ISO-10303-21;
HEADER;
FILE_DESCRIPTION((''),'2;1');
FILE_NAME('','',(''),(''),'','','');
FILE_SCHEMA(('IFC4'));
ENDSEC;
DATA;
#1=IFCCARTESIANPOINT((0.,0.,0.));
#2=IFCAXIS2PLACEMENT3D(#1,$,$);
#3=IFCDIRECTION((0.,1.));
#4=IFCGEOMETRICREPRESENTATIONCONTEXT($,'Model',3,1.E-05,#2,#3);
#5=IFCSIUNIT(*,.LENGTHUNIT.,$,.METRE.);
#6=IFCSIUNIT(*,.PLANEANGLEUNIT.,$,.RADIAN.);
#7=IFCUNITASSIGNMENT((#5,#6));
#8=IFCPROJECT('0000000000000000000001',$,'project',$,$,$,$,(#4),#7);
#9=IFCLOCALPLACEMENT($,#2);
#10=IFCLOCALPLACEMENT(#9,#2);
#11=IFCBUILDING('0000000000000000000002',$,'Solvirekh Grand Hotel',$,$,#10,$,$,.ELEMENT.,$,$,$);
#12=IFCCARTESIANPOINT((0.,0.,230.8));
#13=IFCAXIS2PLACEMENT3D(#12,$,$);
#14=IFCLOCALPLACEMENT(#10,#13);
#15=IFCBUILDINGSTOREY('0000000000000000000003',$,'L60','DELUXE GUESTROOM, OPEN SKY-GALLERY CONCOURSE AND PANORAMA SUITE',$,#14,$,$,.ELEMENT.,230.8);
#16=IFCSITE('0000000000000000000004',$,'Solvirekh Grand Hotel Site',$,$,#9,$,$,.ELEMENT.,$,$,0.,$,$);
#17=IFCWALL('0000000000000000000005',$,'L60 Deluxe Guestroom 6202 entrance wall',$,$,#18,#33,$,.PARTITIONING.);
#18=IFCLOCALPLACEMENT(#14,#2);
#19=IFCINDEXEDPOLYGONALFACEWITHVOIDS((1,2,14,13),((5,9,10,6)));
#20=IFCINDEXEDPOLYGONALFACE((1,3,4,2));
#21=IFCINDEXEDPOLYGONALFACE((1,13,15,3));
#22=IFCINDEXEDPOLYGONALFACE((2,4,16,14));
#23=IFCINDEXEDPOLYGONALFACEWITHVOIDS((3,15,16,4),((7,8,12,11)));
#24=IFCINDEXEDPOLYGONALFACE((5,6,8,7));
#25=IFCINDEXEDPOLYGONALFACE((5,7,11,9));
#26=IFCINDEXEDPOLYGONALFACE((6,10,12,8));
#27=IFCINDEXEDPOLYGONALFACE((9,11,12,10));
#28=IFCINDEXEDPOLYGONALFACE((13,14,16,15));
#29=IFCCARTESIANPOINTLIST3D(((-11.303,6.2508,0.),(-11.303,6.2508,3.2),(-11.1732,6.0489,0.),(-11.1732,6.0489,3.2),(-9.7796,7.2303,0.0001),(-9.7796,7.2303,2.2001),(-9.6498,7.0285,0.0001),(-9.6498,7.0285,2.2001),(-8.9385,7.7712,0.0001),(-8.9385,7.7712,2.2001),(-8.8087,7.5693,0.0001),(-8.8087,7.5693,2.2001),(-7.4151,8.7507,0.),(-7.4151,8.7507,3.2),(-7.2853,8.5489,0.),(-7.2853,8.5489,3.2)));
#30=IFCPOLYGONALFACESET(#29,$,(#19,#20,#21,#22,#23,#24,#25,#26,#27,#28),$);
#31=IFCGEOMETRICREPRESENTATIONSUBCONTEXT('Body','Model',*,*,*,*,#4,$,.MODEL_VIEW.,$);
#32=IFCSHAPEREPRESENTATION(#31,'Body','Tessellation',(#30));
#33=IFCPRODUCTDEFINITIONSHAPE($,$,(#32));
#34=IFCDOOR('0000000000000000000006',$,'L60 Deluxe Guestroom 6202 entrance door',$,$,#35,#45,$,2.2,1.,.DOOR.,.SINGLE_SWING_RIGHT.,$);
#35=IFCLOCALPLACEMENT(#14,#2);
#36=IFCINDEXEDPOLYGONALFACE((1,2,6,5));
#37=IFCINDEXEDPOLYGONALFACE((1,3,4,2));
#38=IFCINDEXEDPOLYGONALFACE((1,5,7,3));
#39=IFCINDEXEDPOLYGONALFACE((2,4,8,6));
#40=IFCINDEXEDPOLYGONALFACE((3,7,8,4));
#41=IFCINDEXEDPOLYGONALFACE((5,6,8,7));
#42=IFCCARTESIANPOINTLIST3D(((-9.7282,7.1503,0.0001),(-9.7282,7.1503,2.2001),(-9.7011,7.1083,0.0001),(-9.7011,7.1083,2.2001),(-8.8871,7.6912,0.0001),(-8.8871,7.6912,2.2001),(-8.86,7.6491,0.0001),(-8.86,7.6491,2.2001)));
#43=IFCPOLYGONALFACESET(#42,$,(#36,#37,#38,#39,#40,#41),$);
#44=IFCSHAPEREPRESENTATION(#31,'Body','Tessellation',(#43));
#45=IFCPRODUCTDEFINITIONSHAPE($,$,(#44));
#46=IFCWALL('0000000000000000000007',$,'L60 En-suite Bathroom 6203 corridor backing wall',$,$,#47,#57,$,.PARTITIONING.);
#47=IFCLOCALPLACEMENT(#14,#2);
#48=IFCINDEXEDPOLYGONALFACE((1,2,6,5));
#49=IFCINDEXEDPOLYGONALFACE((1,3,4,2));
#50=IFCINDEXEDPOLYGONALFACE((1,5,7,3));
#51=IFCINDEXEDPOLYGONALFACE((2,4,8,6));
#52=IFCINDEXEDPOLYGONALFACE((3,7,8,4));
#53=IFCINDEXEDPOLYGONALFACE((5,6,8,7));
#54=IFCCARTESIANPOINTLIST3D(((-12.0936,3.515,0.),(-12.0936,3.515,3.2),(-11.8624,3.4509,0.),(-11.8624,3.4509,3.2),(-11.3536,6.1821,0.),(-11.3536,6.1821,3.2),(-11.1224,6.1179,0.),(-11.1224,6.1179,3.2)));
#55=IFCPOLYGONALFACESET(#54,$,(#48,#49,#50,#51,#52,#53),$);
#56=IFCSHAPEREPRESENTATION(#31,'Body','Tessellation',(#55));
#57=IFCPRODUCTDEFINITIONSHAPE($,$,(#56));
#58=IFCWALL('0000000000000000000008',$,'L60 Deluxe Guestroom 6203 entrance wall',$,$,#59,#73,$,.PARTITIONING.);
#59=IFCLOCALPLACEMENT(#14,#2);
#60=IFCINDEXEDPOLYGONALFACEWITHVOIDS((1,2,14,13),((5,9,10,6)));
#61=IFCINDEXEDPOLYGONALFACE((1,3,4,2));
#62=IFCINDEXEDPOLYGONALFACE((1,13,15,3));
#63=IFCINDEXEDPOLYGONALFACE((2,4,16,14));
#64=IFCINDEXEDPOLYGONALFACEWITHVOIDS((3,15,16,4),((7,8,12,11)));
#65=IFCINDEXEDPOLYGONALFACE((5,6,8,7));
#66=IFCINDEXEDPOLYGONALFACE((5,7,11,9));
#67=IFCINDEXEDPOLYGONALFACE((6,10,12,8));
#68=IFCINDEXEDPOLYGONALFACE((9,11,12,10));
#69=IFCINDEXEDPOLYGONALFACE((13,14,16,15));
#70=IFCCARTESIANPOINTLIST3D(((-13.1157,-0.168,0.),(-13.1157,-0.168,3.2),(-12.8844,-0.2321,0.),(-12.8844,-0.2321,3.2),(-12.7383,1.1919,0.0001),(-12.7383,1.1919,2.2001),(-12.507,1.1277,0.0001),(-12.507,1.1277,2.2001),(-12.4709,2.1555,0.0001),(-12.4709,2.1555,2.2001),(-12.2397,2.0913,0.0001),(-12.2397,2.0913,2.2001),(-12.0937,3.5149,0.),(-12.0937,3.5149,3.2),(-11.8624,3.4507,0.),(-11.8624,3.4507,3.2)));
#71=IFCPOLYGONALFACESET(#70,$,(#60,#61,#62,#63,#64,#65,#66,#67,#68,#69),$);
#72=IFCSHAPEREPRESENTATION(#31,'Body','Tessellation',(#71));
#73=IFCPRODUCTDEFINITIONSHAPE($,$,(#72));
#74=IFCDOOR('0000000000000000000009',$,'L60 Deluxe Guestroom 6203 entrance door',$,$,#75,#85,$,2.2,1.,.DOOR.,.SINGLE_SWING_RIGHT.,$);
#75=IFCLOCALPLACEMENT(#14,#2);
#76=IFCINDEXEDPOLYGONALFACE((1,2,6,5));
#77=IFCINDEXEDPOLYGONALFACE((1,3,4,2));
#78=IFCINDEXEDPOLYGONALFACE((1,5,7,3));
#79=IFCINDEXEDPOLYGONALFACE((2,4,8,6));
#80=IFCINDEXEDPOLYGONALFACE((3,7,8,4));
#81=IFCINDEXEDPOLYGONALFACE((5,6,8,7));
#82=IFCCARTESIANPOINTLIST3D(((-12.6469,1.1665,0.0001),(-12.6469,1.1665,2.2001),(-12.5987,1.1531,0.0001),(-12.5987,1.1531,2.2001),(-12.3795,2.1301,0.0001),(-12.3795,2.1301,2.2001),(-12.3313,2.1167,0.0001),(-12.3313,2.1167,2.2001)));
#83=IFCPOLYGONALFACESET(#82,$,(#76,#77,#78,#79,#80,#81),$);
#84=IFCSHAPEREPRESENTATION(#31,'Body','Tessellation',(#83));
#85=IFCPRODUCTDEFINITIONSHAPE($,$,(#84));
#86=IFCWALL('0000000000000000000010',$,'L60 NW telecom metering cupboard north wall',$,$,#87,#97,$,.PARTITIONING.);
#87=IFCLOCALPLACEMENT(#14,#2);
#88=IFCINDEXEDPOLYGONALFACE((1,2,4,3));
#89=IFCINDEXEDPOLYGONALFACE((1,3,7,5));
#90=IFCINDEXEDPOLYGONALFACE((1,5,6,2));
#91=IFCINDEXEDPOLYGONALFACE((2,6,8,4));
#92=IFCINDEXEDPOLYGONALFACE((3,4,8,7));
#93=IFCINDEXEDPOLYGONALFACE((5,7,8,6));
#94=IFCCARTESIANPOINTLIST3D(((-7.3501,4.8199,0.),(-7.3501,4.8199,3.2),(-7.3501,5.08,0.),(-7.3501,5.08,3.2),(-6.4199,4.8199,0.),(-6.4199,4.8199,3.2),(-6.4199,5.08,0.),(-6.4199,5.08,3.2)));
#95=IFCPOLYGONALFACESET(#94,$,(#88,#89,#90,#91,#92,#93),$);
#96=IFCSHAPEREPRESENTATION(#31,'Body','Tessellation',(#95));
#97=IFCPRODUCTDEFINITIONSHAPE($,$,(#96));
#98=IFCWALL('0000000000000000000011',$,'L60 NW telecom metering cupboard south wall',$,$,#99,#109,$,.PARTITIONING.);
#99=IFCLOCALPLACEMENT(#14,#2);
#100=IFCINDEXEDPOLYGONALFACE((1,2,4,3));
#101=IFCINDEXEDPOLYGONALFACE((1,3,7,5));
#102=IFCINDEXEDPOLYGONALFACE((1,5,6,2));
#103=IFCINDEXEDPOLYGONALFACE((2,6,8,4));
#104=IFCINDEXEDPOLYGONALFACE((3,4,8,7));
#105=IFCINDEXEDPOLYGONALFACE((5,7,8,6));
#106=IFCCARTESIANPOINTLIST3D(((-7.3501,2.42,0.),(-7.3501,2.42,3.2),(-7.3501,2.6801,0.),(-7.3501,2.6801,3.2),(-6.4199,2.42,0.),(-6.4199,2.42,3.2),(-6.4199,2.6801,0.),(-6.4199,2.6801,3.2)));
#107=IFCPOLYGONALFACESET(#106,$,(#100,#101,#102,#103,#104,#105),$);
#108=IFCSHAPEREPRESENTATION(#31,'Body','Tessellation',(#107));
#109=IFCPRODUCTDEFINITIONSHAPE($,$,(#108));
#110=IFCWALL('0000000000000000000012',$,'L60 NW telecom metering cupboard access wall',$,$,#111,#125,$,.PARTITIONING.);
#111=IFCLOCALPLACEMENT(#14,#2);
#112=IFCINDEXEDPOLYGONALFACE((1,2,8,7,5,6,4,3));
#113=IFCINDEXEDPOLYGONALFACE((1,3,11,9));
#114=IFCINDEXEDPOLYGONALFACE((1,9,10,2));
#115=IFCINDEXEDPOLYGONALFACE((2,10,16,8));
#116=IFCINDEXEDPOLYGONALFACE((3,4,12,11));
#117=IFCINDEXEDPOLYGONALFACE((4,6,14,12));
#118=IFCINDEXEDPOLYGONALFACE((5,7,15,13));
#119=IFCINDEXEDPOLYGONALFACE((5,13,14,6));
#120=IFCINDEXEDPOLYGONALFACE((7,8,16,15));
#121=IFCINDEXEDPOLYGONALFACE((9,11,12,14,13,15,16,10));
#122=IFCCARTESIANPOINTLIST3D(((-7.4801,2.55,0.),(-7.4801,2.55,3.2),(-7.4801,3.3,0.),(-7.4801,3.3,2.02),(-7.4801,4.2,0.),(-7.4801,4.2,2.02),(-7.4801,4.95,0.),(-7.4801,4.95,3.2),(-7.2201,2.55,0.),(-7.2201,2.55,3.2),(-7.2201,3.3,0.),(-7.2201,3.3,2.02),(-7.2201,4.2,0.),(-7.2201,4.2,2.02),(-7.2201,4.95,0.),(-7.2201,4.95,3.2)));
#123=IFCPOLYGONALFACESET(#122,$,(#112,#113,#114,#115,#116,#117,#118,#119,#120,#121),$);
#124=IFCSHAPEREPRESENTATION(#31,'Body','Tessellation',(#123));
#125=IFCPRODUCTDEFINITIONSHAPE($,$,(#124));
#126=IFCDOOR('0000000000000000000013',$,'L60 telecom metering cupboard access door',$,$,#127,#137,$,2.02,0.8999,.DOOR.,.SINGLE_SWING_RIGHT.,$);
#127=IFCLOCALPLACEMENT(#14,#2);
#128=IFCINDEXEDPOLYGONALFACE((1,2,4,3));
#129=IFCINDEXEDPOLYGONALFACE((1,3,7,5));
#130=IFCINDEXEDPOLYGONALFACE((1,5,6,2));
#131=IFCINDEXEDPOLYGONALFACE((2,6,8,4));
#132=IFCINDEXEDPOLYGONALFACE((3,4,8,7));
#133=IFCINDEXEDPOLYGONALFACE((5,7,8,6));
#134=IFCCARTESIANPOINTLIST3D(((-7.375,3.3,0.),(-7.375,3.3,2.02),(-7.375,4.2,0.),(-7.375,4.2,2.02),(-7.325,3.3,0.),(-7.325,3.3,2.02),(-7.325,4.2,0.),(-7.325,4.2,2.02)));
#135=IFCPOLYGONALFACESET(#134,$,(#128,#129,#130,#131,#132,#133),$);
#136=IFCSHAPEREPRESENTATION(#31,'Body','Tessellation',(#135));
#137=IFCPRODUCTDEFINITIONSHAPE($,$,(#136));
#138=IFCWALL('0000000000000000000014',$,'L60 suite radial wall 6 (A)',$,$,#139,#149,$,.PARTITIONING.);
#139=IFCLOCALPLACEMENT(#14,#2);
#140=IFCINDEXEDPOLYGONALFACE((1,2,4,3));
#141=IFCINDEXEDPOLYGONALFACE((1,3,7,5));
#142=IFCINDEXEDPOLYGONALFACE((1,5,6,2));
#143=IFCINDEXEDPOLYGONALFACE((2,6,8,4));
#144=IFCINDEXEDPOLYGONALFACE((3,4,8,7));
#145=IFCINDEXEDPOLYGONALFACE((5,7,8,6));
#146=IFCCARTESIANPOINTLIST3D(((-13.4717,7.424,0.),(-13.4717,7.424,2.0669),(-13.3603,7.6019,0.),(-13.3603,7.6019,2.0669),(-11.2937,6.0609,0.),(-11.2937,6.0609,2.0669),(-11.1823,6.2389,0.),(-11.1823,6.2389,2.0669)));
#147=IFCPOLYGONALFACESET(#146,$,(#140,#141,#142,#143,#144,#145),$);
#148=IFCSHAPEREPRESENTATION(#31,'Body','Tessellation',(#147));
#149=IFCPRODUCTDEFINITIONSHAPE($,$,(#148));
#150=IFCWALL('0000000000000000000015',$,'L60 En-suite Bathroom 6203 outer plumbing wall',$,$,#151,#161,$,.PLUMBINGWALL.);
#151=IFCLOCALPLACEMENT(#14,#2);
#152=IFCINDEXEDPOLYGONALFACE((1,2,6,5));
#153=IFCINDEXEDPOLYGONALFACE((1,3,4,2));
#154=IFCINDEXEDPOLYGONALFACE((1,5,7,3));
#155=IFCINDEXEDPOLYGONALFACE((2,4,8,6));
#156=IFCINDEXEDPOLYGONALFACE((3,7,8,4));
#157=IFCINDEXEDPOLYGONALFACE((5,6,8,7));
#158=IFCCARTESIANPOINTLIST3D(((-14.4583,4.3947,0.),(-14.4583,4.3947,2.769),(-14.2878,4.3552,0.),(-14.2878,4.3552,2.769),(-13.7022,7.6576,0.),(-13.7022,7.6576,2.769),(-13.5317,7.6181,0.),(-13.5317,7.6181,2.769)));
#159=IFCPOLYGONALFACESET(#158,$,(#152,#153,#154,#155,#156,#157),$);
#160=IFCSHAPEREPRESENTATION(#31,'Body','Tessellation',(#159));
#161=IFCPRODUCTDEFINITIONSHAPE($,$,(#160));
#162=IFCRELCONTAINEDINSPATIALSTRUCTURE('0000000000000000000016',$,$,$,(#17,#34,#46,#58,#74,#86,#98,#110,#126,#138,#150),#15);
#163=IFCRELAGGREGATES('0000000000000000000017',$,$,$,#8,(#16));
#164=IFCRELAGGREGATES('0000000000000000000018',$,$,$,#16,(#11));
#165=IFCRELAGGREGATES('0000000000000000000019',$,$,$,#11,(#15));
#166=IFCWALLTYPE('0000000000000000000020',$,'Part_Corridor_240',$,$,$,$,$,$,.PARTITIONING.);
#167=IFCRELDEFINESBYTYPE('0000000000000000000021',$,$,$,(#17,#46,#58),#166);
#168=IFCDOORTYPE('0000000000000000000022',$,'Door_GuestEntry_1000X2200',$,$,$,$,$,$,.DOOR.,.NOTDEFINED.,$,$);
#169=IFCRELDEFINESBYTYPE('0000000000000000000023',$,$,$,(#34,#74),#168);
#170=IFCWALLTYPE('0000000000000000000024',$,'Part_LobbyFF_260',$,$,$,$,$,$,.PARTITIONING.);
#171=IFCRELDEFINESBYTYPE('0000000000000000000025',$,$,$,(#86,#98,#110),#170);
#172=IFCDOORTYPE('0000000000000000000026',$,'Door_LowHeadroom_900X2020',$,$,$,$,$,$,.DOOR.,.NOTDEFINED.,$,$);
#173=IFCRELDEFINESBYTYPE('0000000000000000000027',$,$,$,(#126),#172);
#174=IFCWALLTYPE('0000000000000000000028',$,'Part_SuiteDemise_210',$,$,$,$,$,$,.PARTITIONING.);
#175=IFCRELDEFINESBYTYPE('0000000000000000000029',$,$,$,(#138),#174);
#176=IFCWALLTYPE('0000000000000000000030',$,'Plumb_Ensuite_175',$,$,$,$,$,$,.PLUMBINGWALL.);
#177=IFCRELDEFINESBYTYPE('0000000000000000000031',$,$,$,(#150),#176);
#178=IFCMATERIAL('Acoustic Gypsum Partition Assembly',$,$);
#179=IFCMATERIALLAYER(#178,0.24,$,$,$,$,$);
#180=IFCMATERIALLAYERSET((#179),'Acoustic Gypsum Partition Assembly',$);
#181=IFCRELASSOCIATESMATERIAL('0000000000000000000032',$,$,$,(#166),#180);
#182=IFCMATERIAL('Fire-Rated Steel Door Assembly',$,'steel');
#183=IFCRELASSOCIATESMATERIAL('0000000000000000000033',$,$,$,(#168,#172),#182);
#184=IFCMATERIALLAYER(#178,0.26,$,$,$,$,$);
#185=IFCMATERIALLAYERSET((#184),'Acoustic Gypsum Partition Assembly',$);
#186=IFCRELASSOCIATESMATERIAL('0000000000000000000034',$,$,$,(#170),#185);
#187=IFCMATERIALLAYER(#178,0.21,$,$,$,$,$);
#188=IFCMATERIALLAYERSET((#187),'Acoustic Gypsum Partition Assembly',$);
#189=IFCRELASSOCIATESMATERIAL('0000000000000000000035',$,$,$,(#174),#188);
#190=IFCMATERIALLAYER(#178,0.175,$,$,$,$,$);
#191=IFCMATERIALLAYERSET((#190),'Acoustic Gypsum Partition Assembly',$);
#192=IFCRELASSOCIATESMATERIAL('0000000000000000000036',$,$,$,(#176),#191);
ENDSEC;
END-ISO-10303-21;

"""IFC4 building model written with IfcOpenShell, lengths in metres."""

from ifc_helpers import new_model, si_unit, direction, frame, frame_2d, origin, place, context, subcontext, project, spatial, rectangle, extrude, material, layer, layer_set, type_object, element, fill, save


model = new_model("IFC4")

# Units and contexts
model_context = context("Model", 3, precision=1e-05, world=origin(), true_north=direction((0.0, 1.0)))
body_context = subcontext(model_context, "Body", "Model", "MODEL_VIEW")
ifc_project = project(units=[si_unit("LENGTHUNIT", "METRE"), si_unit("PLANEANGLEUNIT", "RADIAN")], contexts=[model_context])

# Site, building, storey
site_placement = place(None, origin())
site = spatial("IfcSite", under=ifc_project, at=site_placement, Name="Solvirekh Grand Hotel Site", CompositionType="ELEMENT", RefElevation=0.0)
building_placement = place(site_placement, origin())
building = spatial("IfcBuilding", under=site, at=building_placement, Name="Solvirekh Grand Hotel", CompositionType="ELEMENT")
storey_placement = place(building_placement, frame((0.0, 0.0, 230.8)))
storey = spatial("IfcBuildingStorey", under=building, at=storey_placement, Name="L60", Description="DELUXE GUESTROOM, OPEN SKY-GALLERY CONCOURSE AND PANORAMA SUITE", CompositionType="ELEMENT", Elevation=230.8)

# Shared definitions
ifc_material_1 = material(Name="Acoustic Gypsum Partition Assembly")
ifc_layer_1 = layer(ifc_material_1, 0.24)
ifc_layer_set_1 = layer_set([ifc_layer_1], Name="Acoustic Gypsum Partition Assembly")
wall_type_1 = type_object("IfcWallType", Name="Part_Corridor_240", PredefinedType="PARTITIONING", material=ifc_layer_set_1)

# Wall, opening, door
wall_1_placement = place(storey_placement, frame((-11.238, 6.1499, 0.0), z_axis=(0.0, 0.0, 1.0), x_axis=(0.841118, 0.540851, 0.0)))
wall_1 = element("IfcWall", 1, at=wall_1_placement, inside=storey, type_object=wall_type_1, Name="L60 Deluxe Guestroom 6202 entrance wall", PredefinedType="PARTITIONING", context=body_context, shape_type="SweptSolid", body=[
    extrude(rectangle(XDim=4.6223, YDim=0.24, at=frame_2d((2.311, 0.0))), origin(), (0.0, 0.0, 1.0), 3.2),
])
opening_1_placement = place(wall_1_placement, frame((1.811, 0.0, 0.0)))
opening_1 = element("IfcOpeningElement", 2, at=opening_1_placement, cuts=wall_1, PredefinedType="OPENING", context=body_context, shape_type="SweptSolid", body=[
    extrude(rectangle(XDim=1.0, YDim=2.2, at=frame_2d((0.5, 1.1001))), frame((0.0, 0.1299, 0.0), z_axis=(0.0, -1.0, 0.0), x_axis=(1.0, 0.0, 0.0)), (0.0, 0.0, 1.0), 0.26),
])
ifc_material_2 = material(Name="Fire-Rated Steel Door Assembly", Category="steel")
door_type_1 = type_object("IfcDoorType", Name="Door_GuestEntry_1000X2200", OperationType="NOTDEFINED", PredefinedType="DOOR", material=ifc_material_2)
door_1_placement = place(opening_1_placement, origin())
door_1 = element("IfcDoor", 3, at=door_1_placement, inside=storey, type_object=door_type_1, Name="L60 Deluxe Guestroom 6202 entrance door", OperationType="SINGLE_SWING_RIGHT", OverallHeight=2.2, OverallWidth=1.0, PredefinedType="DOOR", context=body_context, shape_type="SweptSolid", body=[
    extrude(rectangle(XDim=1.0, YDim=2.2, at=frame_2d((0.5, 1.1001))), frame((0.0, 0.0249, 0.0), z_axis=(0.0, -1.0, 0.0), x_axis=(1.0, 0.0, 0.0)), (0.0, 0.0, 1.0), 0.05),
])
fill(opening_1, door_1)

# Wall
wall_2_placement = place(storey_placement, frame((-11.238, 6.1499, 0.0), z_axis=(0.0, 0.0, 1.0), x_axis=(-0.267362, -0.963596, 0.0)))
element("IfcWall", 4, at=wall_2_placement, inside=storey, type_object=wall_type_1, Name="L60 En-suite Bathroom 6203 corridor backing wall", PredefinedType="PARTITIONING", context=body_context, shape_type="SweptSolid", body=[
    extrude(rectangle(XDim=2.7678, YDim=0.24, at=frame_2d((1.3838, 0.0))), origin(), (0.0, 0.0, 1.0), 3.2),
])

# Wall, opening, door
wall_3_placement = place(storey_placement, frame((-11.978, 3.4829, 0.0), z_axis=(0.0, 0.0, 1.0), x_axis=(-0.26739, -0.963588, 0.0)))
wall_3 = element("IfcWall", 5, at=wall_3_placement, inside=storey, type_object=wall_type_1, Name="L60 Deluxe Guestroom 6203 entrance wall", PredefinedType="PARTITIONING", context=body_context, shape_type="SweptSolid", body=[
    extrude(rectangle(XDim=3.822, YDim=0.24, at=frame_2d((1.9111, 0.0))), origin(), (0.0, 0.0, 1.0), 3.2),
])
opening_2_placement = place(wall_3_placement, frame((1.4109, 0.0, 0.0)))
opening_2 = element("IfcOpeningElement", 6, at=opening_2_placement, cuts=wall_3, PredefinedType="OPENING", context=body_context, shape_type="SweptSolid", body=[
    extrude(rectangle(XDim=1.0, YDim=2.2, at=frame_2d((0.5, 1.1001))), frame((0.0, 0.1299, 0.0), z_axis=(0.0, -1.0, 0.0), x_axis=(1.0, 0.0, 0.0)), (0.0, 0.0, 1.0), 0.26),
])
door_2_placement = place(opening_2_placement, origin())
door_2 = element("IfcDoor", 7, at=door_2_placement, inside=storey, type_object=door_type_1, Name="L60 Deluxe Guestroom 6203 entrance door", OperationType="SINGLE_SWING_RIGHT", OverallHeight=2.2, OverallWidth=1.0, PredefinedType="DOOR", context=body_context, shape_type="SweptSolid", body=[
    extrude(rectangle(XDim=1.0, YDim=2.2, at=frame_2d((0.5, 1.1001))), frame((0.0, 0.0249, 0.0), z_axis=(0.0, -1.0, 0.0), x_axis=(1.0, 0.0, 0.0)), (0.0, 0.0, 1.0), 0.05),
])
fill(opening_2, door_2)

# Walls
ifc_layer_2 = layer(ifc_material_1, 0.26)
ifc_layer_set_2 = layer_set([ifc_layer_2], Name="Acoustic Gypsum Partition Assembly")
wall_type_2 = type_object("IfcWallType", Name="Part_LobbyFF_260", PredefinedType="PARTITIONING", material=ifc_layer_set_2)
for number, where, z_axis, x_axis, name in (
    (8, (-7.3501, 4.95, 0.0), (0.0, 0.0, 1.0), (1.0, 0.0, 0.0), "L60 NW telecom metering cupboard north wall"),
    (9, (-7.3501, 2.55, 0.0), (0.0, 0.0, 1.0), (1.0, 0.0, 0.0), "L60 NW telecom metering cupboard south wall"),
):
    element("IfcWall", number, at=place(storey_placement, frame(where, z_axis=z_axis, x_axis=x_axis)), inside=storey, type_object=wall_type_2, Name=name, PredefinedType="PARTITIONING", context=body_context, shape_type="SweptSolid", body=[
        extrude(rectangle(XDim=0.9302, YDim=0.26, at=frame_2d((0.4651, 0.0))), origin(), (0.0, 0.0, 1.0), 3.2),
    ])

# Wall, opening, door
wall_4_placement = place(storey_placement, frame((-7.3501, 2.55, 0.0), z_axis=(0.0, 0.0, 1.0), x_axis=(0.0, 1.0, 0.0)))
wall_4 = element("IfcWall", 10, at=wall_4_placement, inside=storey, type_object=wall_type_2, Name="L60 NW telecom metering cupboard access wall", PredefinedType="PARTITIONING", context=body_context, shape_type="SweptSolid", body=[
    extrude(rectangle(XDim=2.3999, YDim=0.26, at=frame_2d((1.2, 0.0))), origin(), (0.0, 0.0, 1.0), 3.2),
])
opening_3_placement = place(wall_4_placement, frame((0.75, 0.0, 0.0)))
opening_3 = element("IfcOpeningElement", 11, at=opening_3_placement, cuts=wall_4, PredefinedType="OPENING", context=body_context, shape_type="SweptSolid", body=[
    extrude(rectangle(XDim=0.8999, YDim=2.02, at=frame_2d((0.45, 1.01))), frame((0.0, 0.1401, 0.0), z_axis=(0.0, -1.0, 0.0), x_axis=(1.0, 0.0, 0.0)), (0.0, 0.0, 1.0), 0.28),
])
door_type_2 = type_object("IfcDoorType", Name="Door_LowHeadroom_900X2020", OperationType="NOTDEFINED", PredefinedType="DOOR", material=ifc_material_2)
door_3_placement = place(opening_3_placement, origin())
door_3 = element("IfcDoor", 12, at=door_3_placement, inside=storey, type_object=door_type_2, Name="L60 telecom metering cupboard access door", OperationType="SINGLE_SWING_RIGHT", OverallHeight=2.02, OverallWidth=0.8999, PredefinedType="DOOR", context=body_context, shape_type="SweptSolid", body=[
    extrude(rectangle(XDim=0.8999, YDim=2.02, at=frame_2d((0.45, 1.01))), frame((0.0, 0.0249, 0.0), z_axis=(0.0, -1.0, 0.0), x_axis=(1.0, 0.0, 0.0)), (0.0, 0.0, 1.0), 0.05),
])
fill(opening_3, door_3)

# Walls
ifc_layer_3 = layer(ifc_material_1, 0.21)
ifc_layer_set_3 = layer_set([ifc_layer_3], Name="Acoustic Gypsum Partition Assembly")
wall_type_3 = type_object("IfcWallType", Name="Part_SuiteDemise_210", PredefinedType="PARTITIONING", material=ifc_layer_set_3)
wall_5_placement = place(storey_placement, frame((-11.238, 6.1499, 0.0), z_axis=(0.0, 0.0, 1.0), x_axis=(-0.847683, 0.530503, 0.0)))
element("IfcWall", 13, at=wall_5_placement, inside=storey, type_object=wall_type_3, Name="L60 suite radial wall 6 (A)", PredefinedType="PARTITIONING", context=body_context, shape_type="SweptSolid", body=[
    extrude(rectangle(XDim=2.5693, YDim=0.21, at=frame_2d((1.2847, 0.0))), origin(), (0.0, 0.0, 1.0), 2.0669),
])
ifc_layer_4 = layer(ifc_material_1, 0.175)
ifc_layer_set_4 = layer_set([ifc_layer_4], Name="Acoustic Gypsum Partition Assembly")
wall_type_4 = type_object("IfcWallType", Name="Plumb_Ensuite_175", PredefinedType="PLUMBINGWALL", material=ifc_layer_set_4)
wall_6_placement = place(storey_placement, frame((-13.6169, 7.6379, 0.0), z_axis=(0.0, 0.0, 1.0), x_axis=(-0.225743, -0.974187, 0.0)))
element("IfcWall", 14, at=wall_6_placement, inside=storey, type_object=wall_type_4, Name="L60 En-suite Bathroom 6203 outer plumbing wall", PredefinedType="PLUMBINGWALL", context=body_context, shape_type="SweptSolid", body=[
    extrude(rectangle(XDim=3.3494, YDim=0.175, at=frame_2d((1.6748, 0.0))), origin(), (0.0, 0.0, 1.0), 2.769),
])

save(model, "model.ifc")
